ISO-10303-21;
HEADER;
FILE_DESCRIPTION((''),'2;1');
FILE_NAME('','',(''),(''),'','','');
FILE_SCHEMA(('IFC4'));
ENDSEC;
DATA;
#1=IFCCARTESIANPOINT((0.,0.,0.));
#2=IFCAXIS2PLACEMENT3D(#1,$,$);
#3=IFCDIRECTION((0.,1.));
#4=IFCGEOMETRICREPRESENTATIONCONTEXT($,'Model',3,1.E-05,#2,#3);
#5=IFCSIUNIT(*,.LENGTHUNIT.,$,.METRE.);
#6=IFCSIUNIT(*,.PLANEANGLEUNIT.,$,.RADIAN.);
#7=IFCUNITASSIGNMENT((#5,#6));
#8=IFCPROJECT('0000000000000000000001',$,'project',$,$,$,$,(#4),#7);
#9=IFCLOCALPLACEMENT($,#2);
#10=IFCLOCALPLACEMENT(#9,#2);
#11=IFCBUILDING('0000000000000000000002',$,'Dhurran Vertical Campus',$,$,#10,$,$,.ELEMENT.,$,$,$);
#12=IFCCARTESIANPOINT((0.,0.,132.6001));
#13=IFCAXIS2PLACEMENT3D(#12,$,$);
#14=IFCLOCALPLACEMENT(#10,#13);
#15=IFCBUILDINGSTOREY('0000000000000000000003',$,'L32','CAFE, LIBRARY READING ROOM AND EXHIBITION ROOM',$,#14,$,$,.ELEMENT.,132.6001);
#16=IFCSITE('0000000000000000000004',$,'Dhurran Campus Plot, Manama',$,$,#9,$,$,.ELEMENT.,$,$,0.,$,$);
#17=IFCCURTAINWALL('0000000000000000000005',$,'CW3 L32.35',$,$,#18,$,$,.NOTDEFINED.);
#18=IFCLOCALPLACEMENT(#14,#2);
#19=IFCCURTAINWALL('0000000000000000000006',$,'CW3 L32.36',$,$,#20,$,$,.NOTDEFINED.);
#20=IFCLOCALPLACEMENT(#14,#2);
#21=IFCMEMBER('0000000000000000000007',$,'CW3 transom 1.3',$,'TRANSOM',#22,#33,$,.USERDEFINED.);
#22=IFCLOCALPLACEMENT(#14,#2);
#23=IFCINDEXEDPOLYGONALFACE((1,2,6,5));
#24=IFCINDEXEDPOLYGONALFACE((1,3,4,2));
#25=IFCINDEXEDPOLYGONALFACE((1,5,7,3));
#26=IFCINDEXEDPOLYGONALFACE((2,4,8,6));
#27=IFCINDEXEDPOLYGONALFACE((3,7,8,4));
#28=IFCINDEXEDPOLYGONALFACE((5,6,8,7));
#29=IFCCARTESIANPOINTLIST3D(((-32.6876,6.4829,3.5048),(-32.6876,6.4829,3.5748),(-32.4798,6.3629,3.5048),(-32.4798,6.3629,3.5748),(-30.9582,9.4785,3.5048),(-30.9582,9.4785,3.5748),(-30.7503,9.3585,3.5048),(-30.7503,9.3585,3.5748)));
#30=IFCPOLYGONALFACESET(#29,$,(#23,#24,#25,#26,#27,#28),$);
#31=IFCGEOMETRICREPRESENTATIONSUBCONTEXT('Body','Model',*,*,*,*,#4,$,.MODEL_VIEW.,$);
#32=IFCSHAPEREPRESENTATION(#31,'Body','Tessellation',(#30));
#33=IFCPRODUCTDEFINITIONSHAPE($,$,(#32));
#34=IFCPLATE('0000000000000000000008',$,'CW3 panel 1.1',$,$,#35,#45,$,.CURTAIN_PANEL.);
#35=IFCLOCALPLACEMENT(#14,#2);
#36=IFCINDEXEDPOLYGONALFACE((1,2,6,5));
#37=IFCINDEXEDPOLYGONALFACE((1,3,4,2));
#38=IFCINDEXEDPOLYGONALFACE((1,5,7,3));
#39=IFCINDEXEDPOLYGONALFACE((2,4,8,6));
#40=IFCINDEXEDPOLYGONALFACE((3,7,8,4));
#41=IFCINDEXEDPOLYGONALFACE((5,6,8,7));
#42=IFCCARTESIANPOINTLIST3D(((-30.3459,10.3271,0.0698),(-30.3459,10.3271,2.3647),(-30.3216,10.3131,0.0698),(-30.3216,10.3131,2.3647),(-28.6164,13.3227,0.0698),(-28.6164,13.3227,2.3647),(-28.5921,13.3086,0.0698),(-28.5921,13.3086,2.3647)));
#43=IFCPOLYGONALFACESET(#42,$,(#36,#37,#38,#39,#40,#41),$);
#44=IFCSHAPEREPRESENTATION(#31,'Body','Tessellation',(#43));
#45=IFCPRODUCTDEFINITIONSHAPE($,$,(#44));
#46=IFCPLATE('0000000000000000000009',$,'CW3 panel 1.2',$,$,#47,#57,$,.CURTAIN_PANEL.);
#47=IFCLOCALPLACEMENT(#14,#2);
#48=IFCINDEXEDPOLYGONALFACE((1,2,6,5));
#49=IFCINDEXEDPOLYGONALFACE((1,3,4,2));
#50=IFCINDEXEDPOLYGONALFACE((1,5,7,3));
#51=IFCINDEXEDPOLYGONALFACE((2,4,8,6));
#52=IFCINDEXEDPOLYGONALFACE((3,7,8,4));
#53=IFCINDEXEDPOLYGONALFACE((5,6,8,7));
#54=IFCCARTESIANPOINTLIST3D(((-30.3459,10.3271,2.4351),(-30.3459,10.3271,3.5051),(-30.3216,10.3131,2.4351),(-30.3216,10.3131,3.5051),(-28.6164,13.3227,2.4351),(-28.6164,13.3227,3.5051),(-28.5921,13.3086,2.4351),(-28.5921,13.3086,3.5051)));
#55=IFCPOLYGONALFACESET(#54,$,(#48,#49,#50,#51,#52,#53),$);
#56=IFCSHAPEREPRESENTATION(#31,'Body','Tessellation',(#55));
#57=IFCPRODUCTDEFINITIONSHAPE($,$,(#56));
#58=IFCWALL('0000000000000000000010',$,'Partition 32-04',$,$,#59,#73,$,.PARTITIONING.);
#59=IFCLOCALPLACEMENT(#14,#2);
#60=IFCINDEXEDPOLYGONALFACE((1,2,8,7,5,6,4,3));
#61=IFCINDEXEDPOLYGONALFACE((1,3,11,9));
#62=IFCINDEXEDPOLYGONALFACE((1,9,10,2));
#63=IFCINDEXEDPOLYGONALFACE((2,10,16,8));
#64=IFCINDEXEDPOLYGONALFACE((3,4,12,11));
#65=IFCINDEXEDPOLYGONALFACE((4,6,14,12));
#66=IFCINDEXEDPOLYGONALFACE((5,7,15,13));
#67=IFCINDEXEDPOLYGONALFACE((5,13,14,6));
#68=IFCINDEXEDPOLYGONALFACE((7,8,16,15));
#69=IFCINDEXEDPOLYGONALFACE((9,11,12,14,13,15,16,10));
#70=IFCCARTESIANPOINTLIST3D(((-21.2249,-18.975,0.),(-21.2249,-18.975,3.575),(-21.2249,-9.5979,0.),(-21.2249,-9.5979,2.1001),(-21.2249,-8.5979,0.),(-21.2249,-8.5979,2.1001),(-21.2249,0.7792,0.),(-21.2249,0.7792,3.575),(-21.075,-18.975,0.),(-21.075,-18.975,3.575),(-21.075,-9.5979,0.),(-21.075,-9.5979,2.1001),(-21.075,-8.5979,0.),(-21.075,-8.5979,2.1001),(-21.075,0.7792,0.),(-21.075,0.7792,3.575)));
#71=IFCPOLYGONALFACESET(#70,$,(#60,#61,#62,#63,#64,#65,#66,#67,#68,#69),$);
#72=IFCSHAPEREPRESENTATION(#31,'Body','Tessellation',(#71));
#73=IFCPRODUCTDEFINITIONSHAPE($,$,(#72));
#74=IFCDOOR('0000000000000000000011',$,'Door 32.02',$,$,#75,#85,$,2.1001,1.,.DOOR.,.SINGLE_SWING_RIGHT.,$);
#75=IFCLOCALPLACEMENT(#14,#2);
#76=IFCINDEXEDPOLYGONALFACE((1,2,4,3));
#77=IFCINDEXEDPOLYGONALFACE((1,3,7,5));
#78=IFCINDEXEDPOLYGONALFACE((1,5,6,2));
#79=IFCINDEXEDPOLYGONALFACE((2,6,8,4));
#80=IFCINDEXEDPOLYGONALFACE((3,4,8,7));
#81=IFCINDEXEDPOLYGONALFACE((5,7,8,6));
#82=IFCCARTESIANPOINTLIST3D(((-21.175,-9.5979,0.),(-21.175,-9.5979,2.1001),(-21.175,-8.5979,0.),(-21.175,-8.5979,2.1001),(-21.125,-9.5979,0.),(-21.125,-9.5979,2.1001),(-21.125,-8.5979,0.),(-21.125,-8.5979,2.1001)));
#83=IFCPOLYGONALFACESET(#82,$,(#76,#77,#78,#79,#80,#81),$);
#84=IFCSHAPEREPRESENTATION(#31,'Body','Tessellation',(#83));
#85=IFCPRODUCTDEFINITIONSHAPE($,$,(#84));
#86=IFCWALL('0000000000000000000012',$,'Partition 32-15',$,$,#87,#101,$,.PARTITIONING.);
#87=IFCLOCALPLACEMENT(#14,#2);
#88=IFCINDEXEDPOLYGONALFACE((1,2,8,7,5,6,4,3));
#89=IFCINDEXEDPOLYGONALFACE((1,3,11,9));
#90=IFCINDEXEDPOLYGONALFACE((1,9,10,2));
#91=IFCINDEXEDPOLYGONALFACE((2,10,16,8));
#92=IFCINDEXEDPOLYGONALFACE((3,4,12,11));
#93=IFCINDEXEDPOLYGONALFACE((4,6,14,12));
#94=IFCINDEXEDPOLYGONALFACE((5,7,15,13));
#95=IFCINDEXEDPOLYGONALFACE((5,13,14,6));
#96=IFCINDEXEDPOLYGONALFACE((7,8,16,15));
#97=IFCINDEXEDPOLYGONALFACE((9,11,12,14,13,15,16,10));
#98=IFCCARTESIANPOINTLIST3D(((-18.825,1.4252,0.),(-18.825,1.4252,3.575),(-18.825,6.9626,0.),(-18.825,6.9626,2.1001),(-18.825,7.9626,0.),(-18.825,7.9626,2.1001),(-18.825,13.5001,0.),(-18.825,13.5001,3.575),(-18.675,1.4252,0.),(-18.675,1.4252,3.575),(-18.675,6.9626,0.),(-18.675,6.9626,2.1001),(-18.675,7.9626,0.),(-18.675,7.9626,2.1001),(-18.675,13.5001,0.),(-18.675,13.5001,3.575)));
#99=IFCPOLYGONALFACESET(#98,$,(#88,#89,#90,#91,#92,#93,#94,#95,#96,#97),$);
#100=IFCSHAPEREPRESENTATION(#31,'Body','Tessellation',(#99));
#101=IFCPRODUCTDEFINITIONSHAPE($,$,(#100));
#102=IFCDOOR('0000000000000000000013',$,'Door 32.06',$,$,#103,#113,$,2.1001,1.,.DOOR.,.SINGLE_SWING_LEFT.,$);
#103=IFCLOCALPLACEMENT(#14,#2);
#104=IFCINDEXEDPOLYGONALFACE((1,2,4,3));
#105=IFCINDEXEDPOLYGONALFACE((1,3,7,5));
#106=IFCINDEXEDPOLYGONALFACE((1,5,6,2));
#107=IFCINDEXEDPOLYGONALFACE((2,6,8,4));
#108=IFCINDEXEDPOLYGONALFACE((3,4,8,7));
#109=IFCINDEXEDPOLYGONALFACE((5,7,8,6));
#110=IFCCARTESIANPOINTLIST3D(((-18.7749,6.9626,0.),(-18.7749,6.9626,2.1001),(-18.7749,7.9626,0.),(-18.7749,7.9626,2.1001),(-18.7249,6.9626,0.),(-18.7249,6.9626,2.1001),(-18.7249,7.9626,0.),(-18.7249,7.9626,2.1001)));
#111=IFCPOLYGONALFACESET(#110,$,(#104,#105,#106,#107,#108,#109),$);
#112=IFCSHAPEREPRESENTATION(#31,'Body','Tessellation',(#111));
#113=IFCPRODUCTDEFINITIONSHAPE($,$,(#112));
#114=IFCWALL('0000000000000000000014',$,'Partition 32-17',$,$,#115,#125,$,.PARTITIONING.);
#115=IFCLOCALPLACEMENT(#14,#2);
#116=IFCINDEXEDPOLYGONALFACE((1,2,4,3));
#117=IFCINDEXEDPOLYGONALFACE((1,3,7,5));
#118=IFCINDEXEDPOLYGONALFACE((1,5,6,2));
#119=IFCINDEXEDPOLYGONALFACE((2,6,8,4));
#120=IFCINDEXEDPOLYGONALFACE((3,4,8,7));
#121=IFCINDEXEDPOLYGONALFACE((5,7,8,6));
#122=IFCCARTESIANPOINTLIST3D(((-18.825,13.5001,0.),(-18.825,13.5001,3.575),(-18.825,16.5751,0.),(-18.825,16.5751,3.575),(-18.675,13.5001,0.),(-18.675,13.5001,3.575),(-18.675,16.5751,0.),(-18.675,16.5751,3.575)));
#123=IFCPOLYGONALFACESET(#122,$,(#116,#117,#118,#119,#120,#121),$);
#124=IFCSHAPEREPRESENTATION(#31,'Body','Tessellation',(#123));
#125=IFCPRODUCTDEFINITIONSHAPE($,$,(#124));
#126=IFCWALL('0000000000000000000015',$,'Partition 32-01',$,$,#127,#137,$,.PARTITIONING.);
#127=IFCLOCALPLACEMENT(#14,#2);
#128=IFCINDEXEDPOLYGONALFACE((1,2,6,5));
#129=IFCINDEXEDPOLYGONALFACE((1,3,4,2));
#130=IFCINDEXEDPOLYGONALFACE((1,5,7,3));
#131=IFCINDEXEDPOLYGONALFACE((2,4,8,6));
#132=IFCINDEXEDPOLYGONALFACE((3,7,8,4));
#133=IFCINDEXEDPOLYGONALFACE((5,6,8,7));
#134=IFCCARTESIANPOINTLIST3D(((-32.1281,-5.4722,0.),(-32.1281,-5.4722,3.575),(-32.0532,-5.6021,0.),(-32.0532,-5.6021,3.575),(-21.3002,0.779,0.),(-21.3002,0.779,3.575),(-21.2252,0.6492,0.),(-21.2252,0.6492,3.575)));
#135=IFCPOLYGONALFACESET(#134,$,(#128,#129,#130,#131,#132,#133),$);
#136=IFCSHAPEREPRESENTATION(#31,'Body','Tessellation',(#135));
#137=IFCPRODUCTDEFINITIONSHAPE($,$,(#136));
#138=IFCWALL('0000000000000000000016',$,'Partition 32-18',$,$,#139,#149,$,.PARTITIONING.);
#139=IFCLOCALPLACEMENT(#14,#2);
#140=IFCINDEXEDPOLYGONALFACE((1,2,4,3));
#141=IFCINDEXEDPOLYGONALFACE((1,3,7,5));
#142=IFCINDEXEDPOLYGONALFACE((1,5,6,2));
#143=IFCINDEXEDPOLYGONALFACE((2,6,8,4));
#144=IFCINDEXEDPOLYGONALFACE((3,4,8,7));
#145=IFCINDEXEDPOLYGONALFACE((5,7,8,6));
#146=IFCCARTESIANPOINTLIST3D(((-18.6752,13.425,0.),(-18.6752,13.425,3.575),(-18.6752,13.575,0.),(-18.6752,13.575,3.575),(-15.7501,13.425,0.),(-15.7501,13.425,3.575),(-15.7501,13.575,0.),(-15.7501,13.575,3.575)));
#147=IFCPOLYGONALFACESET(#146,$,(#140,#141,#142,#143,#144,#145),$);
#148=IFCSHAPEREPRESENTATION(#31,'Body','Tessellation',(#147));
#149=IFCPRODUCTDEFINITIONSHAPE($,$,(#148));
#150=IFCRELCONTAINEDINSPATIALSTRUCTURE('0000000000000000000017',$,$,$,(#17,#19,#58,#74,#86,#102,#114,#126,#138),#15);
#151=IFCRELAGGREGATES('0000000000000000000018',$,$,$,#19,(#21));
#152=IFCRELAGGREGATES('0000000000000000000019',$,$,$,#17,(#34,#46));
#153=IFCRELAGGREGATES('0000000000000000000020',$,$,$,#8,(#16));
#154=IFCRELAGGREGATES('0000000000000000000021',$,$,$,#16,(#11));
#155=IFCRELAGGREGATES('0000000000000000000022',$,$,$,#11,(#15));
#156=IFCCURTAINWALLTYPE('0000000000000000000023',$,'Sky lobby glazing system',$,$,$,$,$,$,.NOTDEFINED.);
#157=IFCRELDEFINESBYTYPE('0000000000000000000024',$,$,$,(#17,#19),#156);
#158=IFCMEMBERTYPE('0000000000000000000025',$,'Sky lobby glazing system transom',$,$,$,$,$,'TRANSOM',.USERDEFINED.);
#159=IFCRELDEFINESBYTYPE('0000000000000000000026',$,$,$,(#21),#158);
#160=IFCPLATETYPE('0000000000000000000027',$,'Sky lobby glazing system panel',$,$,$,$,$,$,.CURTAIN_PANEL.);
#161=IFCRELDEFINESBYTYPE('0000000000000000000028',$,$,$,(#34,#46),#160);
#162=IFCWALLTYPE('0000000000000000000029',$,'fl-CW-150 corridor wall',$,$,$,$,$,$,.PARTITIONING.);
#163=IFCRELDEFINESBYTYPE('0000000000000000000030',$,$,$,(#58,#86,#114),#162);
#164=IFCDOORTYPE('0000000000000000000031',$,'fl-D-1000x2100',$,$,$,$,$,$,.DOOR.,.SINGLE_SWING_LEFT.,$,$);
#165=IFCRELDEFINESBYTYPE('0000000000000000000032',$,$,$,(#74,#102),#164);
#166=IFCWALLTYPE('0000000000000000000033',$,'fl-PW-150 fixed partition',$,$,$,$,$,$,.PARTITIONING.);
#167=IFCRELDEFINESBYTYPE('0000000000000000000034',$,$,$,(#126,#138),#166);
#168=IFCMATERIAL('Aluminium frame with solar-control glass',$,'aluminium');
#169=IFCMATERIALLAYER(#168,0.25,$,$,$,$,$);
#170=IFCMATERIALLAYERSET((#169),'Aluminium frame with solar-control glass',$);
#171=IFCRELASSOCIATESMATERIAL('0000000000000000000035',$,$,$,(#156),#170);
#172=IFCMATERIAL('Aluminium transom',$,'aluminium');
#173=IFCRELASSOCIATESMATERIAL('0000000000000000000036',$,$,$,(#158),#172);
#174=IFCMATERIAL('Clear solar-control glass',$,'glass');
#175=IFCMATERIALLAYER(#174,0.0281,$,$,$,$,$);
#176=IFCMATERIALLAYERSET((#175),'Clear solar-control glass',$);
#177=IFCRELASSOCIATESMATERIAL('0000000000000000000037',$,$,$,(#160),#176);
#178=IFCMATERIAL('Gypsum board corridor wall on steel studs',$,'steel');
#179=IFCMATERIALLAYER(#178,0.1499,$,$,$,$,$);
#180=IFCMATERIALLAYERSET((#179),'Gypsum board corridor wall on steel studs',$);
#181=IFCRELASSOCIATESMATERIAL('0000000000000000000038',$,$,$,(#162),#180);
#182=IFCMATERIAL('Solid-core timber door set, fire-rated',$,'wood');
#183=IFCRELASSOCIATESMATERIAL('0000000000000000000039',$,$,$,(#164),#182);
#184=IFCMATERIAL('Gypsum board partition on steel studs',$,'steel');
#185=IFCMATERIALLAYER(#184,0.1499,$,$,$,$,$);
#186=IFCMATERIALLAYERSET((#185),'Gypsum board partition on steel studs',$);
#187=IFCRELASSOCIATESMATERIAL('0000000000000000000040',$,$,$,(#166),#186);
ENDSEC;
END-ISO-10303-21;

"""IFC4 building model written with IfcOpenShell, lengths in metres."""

from ifc_helpers import new_model, si_unit, direction, frame, frame_2d, origin, origin_2d, place, context, subcontext, project, spatial, rectangle, extrude, material, layer, layer_set, material_profile, profile_set, type_object, element, fill, aggregate, save


model = new_model("IFC4")

# Units and contexts
model_context = context("Model", 3, precision=1e-05, world=origin(), true_north=direction((0.0, 1.0)))
body_context = subcontext(model_context, "Body", "Model", "MODEL_VIEW")
ifc_project = project(units=[si_unit("LENGTHUNIT", "METRE"), si_unit("PLANEANGLEUNIT", "RADIAN")], contexts=[model_context])

# Site, building, storey
site_placement = place(None, origin())
site = spatial("IfcSite", under=ifc_project, at=site_placement, Name="Dhurran Campus Plot, Manama", CompositionType="ELEMENT", RefElevation=0.0)
building_placement = place(site_placement, origin())
building = spatial("IfcBuilding", under=site, at=building_placement, Name="Dhurran Vertical Campus", CompositionType="ELEMENT")
storey_placement = place(building_placement, frame((0.0, 0.0, 132.6001)))
storey = spatial("IfcBuildingStorey", under=building, at=storey_placement, Name="L32", Description="CAFE, LIBRARY READING ROOM AND EXHIBITION ROOM", CompositionType="ELEMENT", Elevation=132.6001)

# Shared definitions
ifc_material_1 = material(Name="Aluminium frame with solar-control glass", Category="aluminium")
ifc_layer_1 = layer(ifc_material_1, 0.25)
ifc_layer_set_1 = layer_set([ifc_layer_1], Name="Aluminium frame with solar-control glass")
curtain_wall_type = type_object("IfcCurtainWallType", Name="Sky lobby glazing system", PredefinedType="NOTDEFINED", material=ifc_layer_set_1)

# Curtain wall
curtain_wall_1_placement = place(storey_placement, origin())
curtain_wall_1 = element("IfcCurtainWall", 1, at=curtain_wall_1_placement, inside=storey, type_object=curtain_wall_type, Name="CW3 L32.35", PredefinedType="NOTDEFINED")

# Curtain wall
curtain_wall_2_placement = place(storey_placement, origin())
curtain_wall_2 = element("IfcCurtainWall", 2, at=curtain_wall_2_placement, inside=storey, type_object=curtain_wall_type, Name="CW3 L32.36", PredefinedType="NOTDEFINED")

# Member
ifc_material_2 = material(Name="Aluminium transom", Category="aluminium")
ifc_material_profile_1 = material_profile(ifc_material_2, rectangle(XDim=0.24, YDim=0.0701, at=origin_2d()), Name="Sky lobby glazing system transom")
ifc_profile_set_1 = profile_set([ifc_material_profile_1], Name="Aluminium transom")
member_type_1 = type_object("IfcMemberType", Name="Sky lobby glazing system transom", ElementType="TRANSOM", PredefinedType="USERDEFINED", material=ifc_profile_set_1)
member_1_placement = place(storey_placement, frame((-30.8542, 9.4185, 3.5398), z_axis=(-0.499995, -0.866028, 0.0), x_axis=(0.866028, -0.499995, 0.0)))
member_1 = element("IfcMember", 3, at=member_1_placement, type_object=member_type_1, Name="CW3 transom 1.3", ObjectType="TRANSOM", PredefinedType="USERDEFINED", context=body_context, shape_type="SweptSolid", body=[
    extrude(rectangle(XDim=0.24, YDim=0.0701, at=origin_2d()), origin(), (0.0, 0.0, 1.0), 3.459),
])
aggregate(curtain_wall_2, [member_1])

# Plates
ifc_material_3 = material(Name="Clear solar-control glass", Category="glass")
ifc_layer_2 = layer(ifc_material_3, 0.0281)
ifc_layer_set_2 = layer_set([ifc_layer_2], Name="Clear solar-control glass")
plate_type = type_object("IfcPlateType", Name="Sky lobby glazing system panel", PredefinedType="CURTAIN_PANEL", material=ifc_layer_set_2)
plate_1_placement = place(storey_placement, frame((-29.469, 11.8179, 0.0698), z_axis=(0.0, 0.0, 1.0), x_axis=(-0.500003, -0.866024, 0.0)))
plate_1 = element("IfcPlate", 4, at=plate_1_placement, type_object=plate_type, Name="CW3 panel 1.1", PredefinedType="CURTAIN_PANEL", context=body_context, shape_type="SweptSolid", body=[
    extrude(rectangle(XDim=3.459, YDim=0.0281, at=origin_2d()), origin(), (0.0, 0.0, 1.0), 2.2949),
])
plate_2_placement = place(storey_placement, frame((-29.469, 11.8179, 2.4351), z_axis=(0.0, 0.0, 1.0), x_axis=(-0.500003, -0.866024, 0.0)))
plate_2 = element("IfcPlate", 5, at=plate_2_placement, type_object=plate_type, Name="CW3 panel 1.2", PredefinedType="CURTAIN_PANEL", context=body_context, shape_type="SweptSolid", body=[
    extrude(rectangle(XDim=3.459, YDim=0.0281, at=origin_2d()), origin(), (0.0, 0.0, 1.0), 1.0701),
])
aggregate(curtain_wall_1, [plate_1, plate_2])

# Walls, openings, doors
ifc_material_4 = material(Name="Gypsum board corridor wall on steel studs", Category="steel")
ifc_layer_3 = layer(ifc_material_4, 0.1499)
ifc_layer_set_3 = layer_set([ifc_layer_3], Name="Gypsum board corridor wall on steel studs")
wall_type_1 = type_object("IfcWallType", Name="fl-CW-150 corridor wall", PredefinedType="PARTITIONING", material=ifc_layer_set_3)
wall_1_placement = place(storey_placement, frame((-21.1499, 0.7791, 0.0), z_axis=(0.0, 0.0, 1.0), x_axis=(0.0, -1.0, 0.0)))
wall_1 = element("IfcWall", 6, at=wall_1_placement, inside=storey, type_object=wall_type_1, Name="Partition 32-04", PredefinedType="PARTITIONING", context=body_context, shape_type="SweptSolid", body=[
    extrude(rectangle(XDim=19.7542, YDim=0.1499, at=frame_2d((9.877, 0.0))), origin(), (0.0, 0.0, 1.0), 3.575),
])
opening_1_placement = place(wall_1_placement, frame((9.377, 0.0, 0.0)))
opening_1 = element("IfcOpeningElement", 7, at=opening_1_placement, cuts=wall_1, PredefinedType="OPENING", context=body_context, shape_type="SweptSolid", body=[
    extrude(rectangle(XDim=1.0, YDim=2.1001, at=frame_2d((0.5, 1.05))), frame((0.0, 0.085, 0.0), z_axis=(0.0, -1.0, 0.0), x_axis=(1.0, 0.0, 0.0)), (0.0, 0.0, 1.0), 0.1699),
])
ifc_material_5 = material(Name="Solid-core timber door set, fire-rated", Category="wood")
door_type = type_object("IfcDoorType", Name="fl-D-1000x2100", OperationType="SINGLE_SWING_LEFT", PredefinedType="DOOR", material=ifc_material_5)
door_1_placement = place(opening_1_placement, origin())
door_1 = element("IfcDoor", 8, at=door_1_placement, inside=storey, type_object=door_type, Name="Door 32.02", OperationType="SINGLE_SWING_RIGHT", OverallHeight=2.1001, OverallWidth=1.0, PredefinedType="DOOR", context=body_context, shape_type="SweptSolid", body=[
    extrude(rectangle(XDim=1.0, YDim=2.1001, at=frame_2d((0.5, 1.05))), frame((0.0, 0.0249, 0.0), z_axis=(0.0, -1.0, 0.0), x_axis=(1.0, 0.0, 0.0)), (0.0, 0.0, 1.0), 0.05),
])
fill(opening_1, door_1)
wall_2_placement = place(storey_placement, frame((-18.75, 1.425, 0.0), z_axis=(0.0, 0.0, 1.0), x_axis=(0.0, 1.0, 0.0)))
wall_2 = element("IfcWall", 9, at=wall_2_placement, inside=storey, type_object=wall_type_1, Name="Partition 32-15", PredefinedType="PARTITIONING", context=body_context, shape_type="SweptSolid", body=[
    extrude(rectangle(XDim=12.075, YDim=0.1499, at=frame_2d((6.0376, 0.0))), origin(), (0.0, 0.0, 1.0), 3.575),
])
opening_2_placement = place(wall_2_placement, frame((5.5376, 0.0, 0.0)))
opening_2 = element("IfcOpeningElement", 10, at=opening_2_placement, cuts=wall_2, PredefinedType="OPENING", context=body_context, shape_type="SweptSolid", body=[
    extrude(rectangle(XDim=1.0, YDim=2.1001, at=frame_2d((0.5, 1.05))), frame((0.0, 0.085, 0.0), z_axis=(0.0, -1.0, 0.0), x_axis=(1.0, 0.0, 0.0)), (0.0, 0.0, 1.0), 0.1699),
])
door_2_placement = place(opening_2_placement, origin())
door_2 = element("IfcDoor", 11, at=door_2_placement, inside=storey, type_object=door_type, Name="Door 32.06", OperationType="SINGLE_SWING_LEFT", OverallHeight=2.1001, OverallWidth=1.0, PredefinedType="DOOR", context=body_context, shape_type="SweptSolid", body=[
    extrude(rectangle(XDim=1.0, YDim=2.1001, at=frame_2d((0.5, 1.05))), frame((0.0, 0.0249, 0.0), z_axis=(0.0, -1.0, 0.0), x_axis=(1.0, 0.0, 0.0)), (0.0, 0.0, 1.0), 0.05),
])
fill(opening_2, door_2)

# Walls
wall_3_placement = place(storey_placement, frame((-18.75, 13.5, 0.0), z_axis=(0.0, 0.0, 1.0), x_axis=(0.0, 1.0, 0.0)))
element("IfcWall", 12, at=wall_3_placement, inside=storey, type_object=wall_type_1, Name="Partition 32-17", PredefinedType="PARTITIONING", context=body_context, shape_type="SweptSolid", body=[
    extrude(rectangle(XDim=3.075, YDim=0.1499, at=frame_2d((1.5376, 0.0))), origin(), (0.0, 0.0, 1.0), 3.575),
])
ifc_material_6 = material(Name="Gypsum board partition on steel studs", Category="steel")
ifc_layer_4 = layer(ifc_material_6, 0.1499)
ifc_layer_set_4 = layer_set([ifc_layer_4], Name="Gypsum board partition on steel studs")
wall_type_2 = type_object("IfcWallType", Name="fl-PW-150 fixed partition", PredefinedType="PARTITIONING", material=ifc_layer_set_4)
wall_4_placement = place(storey_placement, frame((-21.2627, 0.7141, 0.0), z_axis=(0.0, 0.0, 1.0), x_axis=(-0.866034, -0.499984, 0.0)))
element("IfcWall", 13, at=wall_4_placement, inside=storey, type_object=wall_type_2, Name="Partition 32-01", PredefinedType="PARTITIONING", context=body_context, shape_type="SweptSolid", body=[
    extrude(rectangle(XDim=12.5029, YDim=0.1499, at=frame_2d((6.2515, 0.0))), origin(), (0.0, 0.0, 1.0), 3.575),
])
wall_5_placement = place(storey_placement, frame((-18.675, 13.5, 0.0), z_axis=(0.0, 0.0, 1.0), x_axis=(1.0, 0.0, 0.0)))
element("IfcWall", 14, at=wall_5_placement, inside=storey, type_object=wall_type_2, Name="Partition 32-18", PredefinedType="PARTITIONING", context=body_context, shape_type="SweptSolid", body=[
    extrude(rectangle(XDim=2.925, YDim=0.1499, at=frame_2d((1.4624, 0.0))), origin(), (0.0, 0.0, 1.0), 3.575),
])

save(model, "model.ifc")
